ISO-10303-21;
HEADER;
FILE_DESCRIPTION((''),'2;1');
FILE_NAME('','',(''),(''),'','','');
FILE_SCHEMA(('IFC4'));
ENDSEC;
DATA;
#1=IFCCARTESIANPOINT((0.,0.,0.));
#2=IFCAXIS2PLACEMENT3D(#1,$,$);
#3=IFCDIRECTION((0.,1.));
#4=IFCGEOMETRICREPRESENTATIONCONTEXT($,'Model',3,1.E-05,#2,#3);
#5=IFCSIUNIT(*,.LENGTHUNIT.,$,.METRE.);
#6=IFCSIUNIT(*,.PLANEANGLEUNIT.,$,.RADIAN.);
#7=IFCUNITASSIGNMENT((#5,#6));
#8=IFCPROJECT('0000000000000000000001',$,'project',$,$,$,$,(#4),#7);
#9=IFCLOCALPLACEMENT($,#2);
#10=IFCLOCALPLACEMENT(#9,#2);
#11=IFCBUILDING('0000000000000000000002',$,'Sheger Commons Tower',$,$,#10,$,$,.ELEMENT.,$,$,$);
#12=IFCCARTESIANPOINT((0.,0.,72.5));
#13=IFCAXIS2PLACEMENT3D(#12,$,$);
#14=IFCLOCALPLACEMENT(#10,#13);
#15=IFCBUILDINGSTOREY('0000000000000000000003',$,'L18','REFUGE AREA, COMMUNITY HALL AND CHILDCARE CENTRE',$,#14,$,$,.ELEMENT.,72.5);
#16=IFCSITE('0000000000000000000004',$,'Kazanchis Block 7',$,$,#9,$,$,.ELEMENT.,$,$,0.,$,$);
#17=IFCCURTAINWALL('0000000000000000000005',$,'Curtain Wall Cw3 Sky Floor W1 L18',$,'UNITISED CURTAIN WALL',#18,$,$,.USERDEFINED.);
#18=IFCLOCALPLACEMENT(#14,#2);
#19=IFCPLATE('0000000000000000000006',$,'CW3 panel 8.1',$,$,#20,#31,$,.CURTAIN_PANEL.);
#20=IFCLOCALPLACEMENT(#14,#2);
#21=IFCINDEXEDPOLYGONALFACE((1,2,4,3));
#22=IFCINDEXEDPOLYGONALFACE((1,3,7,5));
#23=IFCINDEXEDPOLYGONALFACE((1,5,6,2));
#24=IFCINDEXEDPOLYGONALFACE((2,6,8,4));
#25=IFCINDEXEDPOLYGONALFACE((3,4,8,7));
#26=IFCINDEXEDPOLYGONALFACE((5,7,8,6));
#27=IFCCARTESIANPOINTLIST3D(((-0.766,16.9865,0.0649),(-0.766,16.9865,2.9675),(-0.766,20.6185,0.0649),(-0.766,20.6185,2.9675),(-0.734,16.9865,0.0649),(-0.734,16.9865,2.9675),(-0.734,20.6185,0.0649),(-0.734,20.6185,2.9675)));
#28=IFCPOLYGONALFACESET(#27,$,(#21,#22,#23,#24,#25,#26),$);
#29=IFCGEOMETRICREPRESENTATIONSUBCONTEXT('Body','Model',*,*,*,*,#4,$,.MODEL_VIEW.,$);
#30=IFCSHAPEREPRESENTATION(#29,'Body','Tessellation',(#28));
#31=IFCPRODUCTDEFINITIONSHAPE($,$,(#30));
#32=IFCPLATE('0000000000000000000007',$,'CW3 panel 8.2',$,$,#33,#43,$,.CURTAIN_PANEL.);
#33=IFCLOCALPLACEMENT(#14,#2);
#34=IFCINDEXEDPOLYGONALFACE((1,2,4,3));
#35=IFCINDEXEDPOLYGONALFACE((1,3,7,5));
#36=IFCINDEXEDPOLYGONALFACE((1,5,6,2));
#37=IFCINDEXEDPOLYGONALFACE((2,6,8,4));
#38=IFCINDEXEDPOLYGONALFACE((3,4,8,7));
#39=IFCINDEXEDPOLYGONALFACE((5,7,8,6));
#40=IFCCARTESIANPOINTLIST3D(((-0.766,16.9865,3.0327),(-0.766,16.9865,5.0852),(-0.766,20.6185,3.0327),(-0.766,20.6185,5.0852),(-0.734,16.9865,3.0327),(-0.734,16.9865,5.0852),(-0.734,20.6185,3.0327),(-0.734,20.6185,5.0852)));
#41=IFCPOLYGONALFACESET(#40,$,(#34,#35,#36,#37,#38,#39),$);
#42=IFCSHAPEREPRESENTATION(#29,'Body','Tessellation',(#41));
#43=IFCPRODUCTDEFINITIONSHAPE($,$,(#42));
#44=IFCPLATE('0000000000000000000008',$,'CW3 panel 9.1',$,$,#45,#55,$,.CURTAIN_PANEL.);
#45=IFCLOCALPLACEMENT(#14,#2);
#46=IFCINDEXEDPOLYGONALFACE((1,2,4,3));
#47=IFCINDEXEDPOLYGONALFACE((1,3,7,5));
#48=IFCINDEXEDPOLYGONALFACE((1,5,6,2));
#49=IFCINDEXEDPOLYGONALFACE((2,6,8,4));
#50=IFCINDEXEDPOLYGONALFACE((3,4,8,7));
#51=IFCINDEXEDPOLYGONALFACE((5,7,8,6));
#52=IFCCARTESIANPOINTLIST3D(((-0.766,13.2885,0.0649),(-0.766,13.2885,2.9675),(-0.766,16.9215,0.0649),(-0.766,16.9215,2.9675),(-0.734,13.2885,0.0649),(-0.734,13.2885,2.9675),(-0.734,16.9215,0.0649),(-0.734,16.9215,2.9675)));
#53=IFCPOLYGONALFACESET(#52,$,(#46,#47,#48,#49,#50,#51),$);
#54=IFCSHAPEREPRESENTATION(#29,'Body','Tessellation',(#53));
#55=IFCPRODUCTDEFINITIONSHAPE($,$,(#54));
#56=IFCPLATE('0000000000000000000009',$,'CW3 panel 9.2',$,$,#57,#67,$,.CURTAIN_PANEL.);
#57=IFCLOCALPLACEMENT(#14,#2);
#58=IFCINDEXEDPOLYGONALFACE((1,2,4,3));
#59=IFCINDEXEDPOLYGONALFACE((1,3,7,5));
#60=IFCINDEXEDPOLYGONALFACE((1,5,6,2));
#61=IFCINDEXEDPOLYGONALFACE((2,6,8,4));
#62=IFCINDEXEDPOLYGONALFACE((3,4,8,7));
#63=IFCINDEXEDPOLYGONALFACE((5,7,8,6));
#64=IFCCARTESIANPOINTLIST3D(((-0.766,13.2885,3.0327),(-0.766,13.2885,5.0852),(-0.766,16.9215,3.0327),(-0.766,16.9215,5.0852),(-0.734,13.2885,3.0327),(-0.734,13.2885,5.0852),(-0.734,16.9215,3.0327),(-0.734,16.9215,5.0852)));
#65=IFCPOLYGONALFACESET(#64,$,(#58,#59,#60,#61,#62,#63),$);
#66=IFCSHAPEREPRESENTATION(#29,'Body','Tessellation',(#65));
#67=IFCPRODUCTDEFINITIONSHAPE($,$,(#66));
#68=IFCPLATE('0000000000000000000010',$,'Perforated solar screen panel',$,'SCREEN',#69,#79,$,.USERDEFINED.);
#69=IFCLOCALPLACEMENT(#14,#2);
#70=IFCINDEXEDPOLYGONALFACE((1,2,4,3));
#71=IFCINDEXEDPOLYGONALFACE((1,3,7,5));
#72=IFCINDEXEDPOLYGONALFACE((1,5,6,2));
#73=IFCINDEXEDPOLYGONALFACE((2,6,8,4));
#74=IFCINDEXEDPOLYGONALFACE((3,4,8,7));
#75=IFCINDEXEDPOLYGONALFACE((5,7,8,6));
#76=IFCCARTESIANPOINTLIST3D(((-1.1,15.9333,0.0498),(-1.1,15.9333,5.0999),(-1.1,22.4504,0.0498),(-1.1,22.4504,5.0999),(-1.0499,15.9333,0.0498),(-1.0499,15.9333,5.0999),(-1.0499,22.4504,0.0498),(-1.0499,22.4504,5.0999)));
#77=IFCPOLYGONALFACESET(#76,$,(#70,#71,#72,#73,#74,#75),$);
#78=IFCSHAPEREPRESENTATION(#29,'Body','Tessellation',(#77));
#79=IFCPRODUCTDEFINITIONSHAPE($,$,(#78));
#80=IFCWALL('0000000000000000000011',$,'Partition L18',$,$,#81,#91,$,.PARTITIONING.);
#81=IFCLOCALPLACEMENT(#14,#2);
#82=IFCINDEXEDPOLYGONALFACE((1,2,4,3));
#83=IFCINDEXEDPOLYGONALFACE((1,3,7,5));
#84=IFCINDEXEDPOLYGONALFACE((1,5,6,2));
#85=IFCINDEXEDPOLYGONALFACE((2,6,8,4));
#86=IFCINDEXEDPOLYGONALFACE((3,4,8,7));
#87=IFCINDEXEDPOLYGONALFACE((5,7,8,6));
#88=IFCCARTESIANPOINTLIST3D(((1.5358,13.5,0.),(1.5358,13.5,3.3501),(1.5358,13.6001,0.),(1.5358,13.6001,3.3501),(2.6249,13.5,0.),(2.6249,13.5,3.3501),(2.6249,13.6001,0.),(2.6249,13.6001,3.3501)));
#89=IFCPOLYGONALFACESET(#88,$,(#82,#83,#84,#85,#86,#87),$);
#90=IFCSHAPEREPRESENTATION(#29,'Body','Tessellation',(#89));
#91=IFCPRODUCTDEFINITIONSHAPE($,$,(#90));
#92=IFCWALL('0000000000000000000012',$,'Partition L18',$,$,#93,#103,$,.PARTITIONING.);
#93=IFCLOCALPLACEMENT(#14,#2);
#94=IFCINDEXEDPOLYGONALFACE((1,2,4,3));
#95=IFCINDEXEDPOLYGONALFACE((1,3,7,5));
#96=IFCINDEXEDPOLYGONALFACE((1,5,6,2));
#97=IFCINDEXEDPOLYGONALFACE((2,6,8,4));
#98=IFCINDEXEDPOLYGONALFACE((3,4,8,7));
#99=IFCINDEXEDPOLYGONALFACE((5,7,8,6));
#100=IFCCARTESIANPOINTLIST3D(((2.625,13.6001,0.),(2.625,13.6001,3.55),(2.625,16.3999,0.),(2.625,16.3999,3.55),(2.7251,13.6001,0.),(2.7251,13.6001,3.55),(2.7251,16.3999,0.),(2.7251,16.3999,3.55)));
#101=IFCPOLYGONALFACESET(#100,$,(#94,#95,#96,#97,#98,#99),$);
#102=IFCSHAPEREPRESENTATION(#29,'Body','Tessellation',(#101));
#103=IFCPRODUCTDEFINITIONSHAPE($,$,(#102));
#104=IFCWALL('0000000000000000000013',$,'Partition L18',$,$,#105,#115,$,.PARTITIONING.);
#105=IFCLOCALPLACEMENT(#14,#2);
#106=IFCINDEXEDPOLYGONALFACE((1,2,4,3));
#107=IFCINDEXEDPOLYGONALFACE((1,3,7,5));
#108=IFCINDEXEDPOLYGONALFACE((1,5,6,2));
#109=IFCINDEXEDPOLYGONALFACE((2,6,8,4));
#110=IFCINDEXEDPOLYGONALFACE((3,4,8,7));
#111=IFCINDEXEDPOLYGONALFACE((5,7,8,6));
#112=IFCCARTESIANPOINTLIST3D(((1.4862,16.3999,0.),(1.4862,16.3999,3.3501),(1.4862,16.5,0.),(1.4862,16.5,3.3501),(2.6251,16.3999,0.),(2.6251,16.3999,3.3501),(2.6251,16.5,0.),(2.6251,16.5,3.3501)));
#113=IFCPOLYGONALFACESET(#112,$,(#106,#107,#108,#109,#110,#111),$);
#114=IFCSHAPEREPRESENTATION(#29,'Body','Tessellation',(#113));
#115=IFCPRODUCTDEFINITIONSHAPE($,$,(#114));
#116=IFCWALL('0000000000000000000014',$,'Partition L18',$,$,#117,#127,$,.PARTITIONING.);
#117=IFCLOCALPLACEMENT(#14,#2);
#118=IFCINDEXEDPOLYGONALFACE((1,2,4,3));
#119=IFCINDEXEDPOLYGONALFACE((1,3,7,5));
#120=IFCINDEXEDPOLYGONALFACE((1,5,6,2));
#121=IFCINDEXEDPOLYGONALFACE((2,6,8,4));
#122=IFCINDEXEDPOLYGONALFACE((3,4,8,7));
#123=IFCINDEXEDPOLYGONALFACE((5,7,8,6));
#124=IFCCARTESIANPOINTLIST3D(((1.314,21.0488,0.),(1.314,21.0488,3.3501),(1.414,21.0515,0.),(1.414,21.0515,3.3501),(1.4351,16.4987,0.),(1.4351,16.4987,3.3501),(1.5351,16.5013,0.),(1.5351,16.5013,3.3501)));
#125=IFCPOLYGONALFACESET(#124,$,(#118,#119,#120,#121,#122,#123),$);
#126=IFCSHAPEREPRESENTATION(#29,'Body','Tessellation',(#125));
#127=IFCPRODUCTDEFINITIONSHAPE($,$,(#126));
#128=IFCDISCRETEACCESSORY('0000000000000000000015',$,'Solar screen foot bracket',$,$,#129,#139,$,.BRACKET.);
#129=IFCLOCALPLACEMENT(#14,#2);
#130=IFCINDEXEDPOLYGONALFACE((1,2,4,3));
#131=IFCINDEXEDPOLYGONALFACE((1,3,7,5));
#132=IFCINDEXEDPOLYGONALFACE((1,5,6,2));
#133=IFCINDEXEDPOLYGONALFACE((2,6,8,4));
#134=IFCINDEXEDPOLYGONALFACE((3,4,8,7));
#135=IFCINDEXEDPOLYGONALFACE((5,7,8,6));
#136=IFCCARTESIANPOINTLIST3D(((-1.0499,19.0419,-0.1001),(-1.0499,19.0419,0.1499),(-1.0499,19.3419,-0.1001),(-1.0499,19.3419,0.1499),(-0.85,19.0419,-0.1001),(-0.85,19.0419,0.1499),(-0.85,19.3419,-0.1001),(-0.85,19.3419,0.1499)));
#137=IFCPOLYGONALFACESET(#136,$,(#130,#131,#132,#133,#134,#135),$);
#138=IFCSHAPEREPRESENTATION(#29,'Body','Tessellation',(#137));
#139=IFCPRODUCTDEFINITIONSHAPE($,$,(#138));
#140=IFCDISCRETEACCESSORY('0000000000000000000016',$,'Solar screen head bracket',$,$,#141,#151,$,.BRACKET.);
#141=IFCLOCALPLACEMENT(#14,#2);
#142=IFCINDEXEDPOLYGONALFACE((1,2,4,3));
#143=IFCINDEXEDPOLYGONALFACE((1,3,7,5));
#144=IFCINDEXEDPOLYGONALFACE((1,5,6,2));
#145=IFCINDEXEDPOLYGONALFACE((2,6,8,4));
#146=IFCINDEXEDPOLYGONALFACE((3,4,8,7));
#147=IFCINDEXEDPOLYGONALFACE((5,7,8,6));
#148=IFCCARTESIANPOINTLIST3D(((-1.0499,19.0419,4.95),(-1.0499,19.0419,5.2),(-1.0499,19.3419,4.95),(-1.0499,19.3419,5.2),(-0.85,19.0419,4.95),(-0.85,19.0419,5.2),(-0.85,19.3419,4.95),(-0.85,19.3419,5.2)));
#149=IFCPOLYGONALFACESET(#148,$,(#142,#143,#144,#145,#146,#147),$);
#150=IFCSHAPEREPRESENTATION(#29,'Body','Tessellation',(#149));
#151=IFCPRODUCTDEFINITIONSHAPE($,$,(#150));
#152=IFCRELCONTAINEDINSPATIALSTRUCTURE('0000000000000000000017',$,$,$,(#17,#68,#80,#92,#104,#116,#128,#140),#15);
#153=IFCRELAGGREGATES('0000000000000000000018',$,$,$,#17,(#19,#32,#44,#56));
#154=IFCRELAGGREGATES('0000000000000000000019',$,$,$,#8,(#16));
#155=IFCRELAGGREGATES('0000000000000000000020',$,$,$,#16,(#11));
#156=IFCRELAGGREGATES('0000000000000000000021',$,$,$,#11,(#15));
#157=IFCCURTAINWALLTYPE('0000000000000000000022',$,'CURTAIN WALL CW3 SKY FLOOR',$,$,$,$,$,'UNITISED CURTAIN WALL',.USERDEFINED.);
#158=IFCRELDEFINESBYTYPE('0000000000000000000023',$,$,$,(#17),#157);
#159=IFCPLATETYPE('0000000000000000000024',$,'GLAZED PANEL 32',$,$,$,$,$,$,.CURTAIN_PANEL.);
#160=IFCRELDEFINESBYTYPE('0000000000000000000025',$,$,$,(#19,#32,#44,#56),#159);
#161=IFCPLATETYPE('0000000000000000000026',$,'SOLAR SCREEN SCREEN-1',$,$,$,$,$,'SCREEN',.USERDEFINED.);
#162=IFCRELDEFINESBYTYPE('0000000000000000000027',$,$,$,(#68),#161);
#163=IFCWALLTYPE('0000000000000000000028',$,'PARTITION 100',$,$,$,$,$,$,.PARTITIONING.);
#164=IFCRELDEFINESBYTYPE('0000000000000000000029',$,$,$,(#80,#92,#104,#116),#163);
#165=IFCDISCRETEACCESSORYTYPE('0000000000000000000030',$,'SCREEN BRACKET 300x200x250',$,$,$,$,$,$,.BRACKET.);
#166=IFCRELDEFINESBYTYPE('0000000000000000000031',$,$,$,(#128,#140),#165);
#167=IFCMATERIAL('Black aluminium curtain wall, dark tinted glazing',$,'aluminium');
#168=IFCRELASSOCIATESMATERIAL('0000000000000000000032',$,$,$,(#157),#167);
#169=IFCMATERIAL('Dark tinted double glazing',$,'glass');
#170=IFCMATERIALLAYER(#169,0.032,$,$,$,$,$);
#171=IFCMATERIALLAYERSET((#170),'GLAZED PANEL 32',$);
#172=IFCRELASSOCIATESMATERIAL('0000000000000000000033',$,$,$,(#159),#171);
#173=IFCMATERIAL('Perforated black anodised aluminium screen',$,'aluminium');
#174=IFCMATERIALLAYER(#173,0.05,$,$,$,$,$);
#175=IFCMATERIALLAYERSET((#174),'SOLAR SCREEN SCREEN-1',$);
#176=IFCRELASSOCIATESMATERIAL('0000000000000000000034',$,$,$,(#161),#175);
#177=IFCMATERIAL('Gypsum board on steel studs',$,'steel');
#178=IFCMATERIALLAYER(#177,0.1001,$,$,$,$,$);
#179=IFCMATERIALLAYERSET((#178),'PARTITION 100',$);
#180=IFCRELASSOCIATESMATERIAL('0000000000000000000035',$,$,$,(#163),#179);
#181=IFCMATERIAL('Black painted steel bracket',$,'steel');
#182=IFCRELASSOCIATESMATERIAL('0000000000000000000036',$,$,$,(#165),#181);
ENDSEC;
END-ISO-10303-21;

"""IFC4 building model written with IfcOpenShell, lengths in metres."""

from ifc_helpers import new_model, si_unit, direction, frame, frame_2d, origin, origin_2d, place, context, subcontext, project, spatial, rectangle, extrude, material, layer, layer_set, type_object, element, aggregate, save


model = new_model("IFC4")

# Units and contexts
model_context = context("Model", 3, precision=1e-05, world=origin(), true_north=direction((0.0, 1.0)))
body_context = subcontext(model_context, "Body", "Model", "MODEL_VIEW")
ifc_project = project(units=[si_unit("LENGTHUNIT", "METRE"), si_unit("PLANEANGLEUNIT", "RADIAN")], contexts=[model_context])

# Site, building, storey
site_placement = place(None, origin())
site = spatial("IfcSite", under=ifc_project, at=site_placement, Name="Kazanchis Block 7", CompositionType="ELEMENT", RefElevation=0.0)
building_placement = place(site_placement, origin())
building = spatial("IfcBuilding", under=site, at=building_placement, Name="Sheger Commons Tower", CompositionType="ELEMENT")
storey_placement = place(building_placement, frame((0.0, 0.0, 72.5)))
storey = spatial("IfcBuildingStorey", under=building, at=storey_placement, Name="L18", Description="REFUGE AREA, COMMUNITY HALL AND CHILDCARE CENTRE", CompositionType="ELEMENT", Elevation=72.5)

# Curtain wall
ifc_material_1 = material(Name="Black aluminium curtain wall, dark tinted glazing", Category="aluminium")
curtain_wall_type = type_object("IfcCurtainWallType", Name="CURTAIN WALL CW3 SKY FLOOR", ElementType="UNITISED CURTAIN WALL", PredefinedType="USERDEFINED", material=ifc_material_1)
curtain_wall_placement = place(storey_placement, origin())
curtain_wall = element("IfcCurtainWall", 1, at=curtain_wall_placement, inside=storey, type_object=curtain_wall_type, Name="Curtain Wall Cw3 Sky Floor W1 L18", ObjectType="UNITISED CURTAIN WALL", PredefinedType="USERDEFINED")

# Plates
ifc_material_2 = material(Name="Dark tinted double glazing", Category="glass")
ifc_layer_1 = layer(ifc_material_2, 0.032)
ifc_layer_set_1 = layer_set([ifc_layer_1], Name="GLAZED PANEL 32")
plate_type_1 = type_object("IfcPlateType", Name="GLAZED PANEL 32", PredefinedType="CURTAIN_PANEL", material=ifc_layer_set_1)
plate_1_placement = place(storey_placement, frame((-0.75, 18.8025, 0.0649), z_axis=(0.0, 0.0, 1.0), x_axis=(0.0, -1.0, 0.0)))
plate_1 = element("IfcPlate", 2, at=plate_1_placement, type_object=plate_type_1, Name="CW3 panel 8.1", PredefinedType="CURTAIN_PANEL", context=body_context, shape_type="SweptSolid", body=[
    extrude(rectangle(XDim=3.6321, YDim=0.032, at=origin_2d()), origin(), (0.0, 0.0, 1.0), 2.9026),
])
plate_2_placement = place(storey_placement, frame((-0.75, 18.8025, 3.0327), z_axis=(0.0, 0.0, 1.0), x_axis=(0.0, -1.0, 0.0)))
plate_2 = element("IfcPlate", 3, at=plate_2_placement, type_object=plate_type_1, Name="CW3 panel 8.2", PredefinedType="CURTAIN_PANEL", context=body_context, shape_type="SweptSolid", body=[
    extrude(rectangle(XDim=3.6321, YDim=0.032, at=origin_2d()), origin(), (0.0, 0.0, 1.0), 2.0525),
])
plate_3_placement = place(storey_placement, frame((-0.75, 15.105, 0.0649), z_axis=(0.0, 0.0, 1.0), x_axis=(0.0, -1.0, 0.0)))
plate_3 = element("IfcPlate", 4, at=plate_3_placement, type_object=plate_type_1, Name="CW3 panel 9.1", PredefinedType="CURTAIN_PANEL", context=body_context, shape_type="SweptSolid", body=[
    extrude(rectangle(XDim=3.6331, YDim=0.032, at=origin_2d()), origin(), (0.0, 0.0, 1.0), 2.9026),
])
plate_4_placement = place(storey_placement, frame((-0.75, 15.105, 3.0327), z_axis=(0.0, 0.0, 1.0), x_axis=(0.0, -1.0, 0.0)))
plate_4 = element("IfcPlate", 5, at=plate_4_placement, type_object=plate_type_1, Name="CW3 panel 9.2", PredefinedType="CURTAIN_PANEL", context=body_context, shape_type="SweptSolid", body=[
    extrude(rectangle(XDim=3.6331, YDim=0.032, at=origin_2d()), origin(), (0.0, 0.0, 1.0), 2.0525),
])
aggregate(curtain_wall, [plate_1, plate_2, plate_3, plate_4])
ifc_material_3 = material(Name="Perforated black anodised aluminium screen", Category="aluminium")
ifc_layer_2 = layer(ifc_material_3, 0.05)
ifc_layer_set_2 = layer_set([ifc_layer_2], Name="SOLAR SCREEN SCREEN-1")
plate_type_2 = type_object("IfcPlateType", Name="SOLAR SCREEN SCREEN-1", ElementType="SCREEN", PredefinedType="USERDEFINED", material=ifc_layer_set_2)
plate_5_placement = place(storey_placement, frame((-1.075, 19.1919, 0.0498), z_axis=(0.0, 0.0, 1.0), x_axis=(0.0, -1.0, 0.0)))
element("IfcPlate", 6, at=plate_5_placement, inside=storey, type_object=plate_type_2, Name="Perforated solar screen panel", ObjectType="SCREEN", PredefinedType="USERDEFINED", context=body_context, shape_type="SweptSolid", body=[
    extrude(rectangle(XDim=6.5171, YDim=0.05, at=origin_2d()), origin(), (0.0, 0.0, 1.0), 5.05),
])

# Walls
ifc_material_4 = material(Name="Gypsum board on steel studs", Category="steel")
ifc_layer_3 = layer(ifc_material_4, 0.1001)
ifc_layer_set_3 = layer_set([ifc_layer_3], Name="PARTITION 100")
wall_type = type_object("IfcWallType", Name="PARTITION 100", PredefinedType="PARTITIONING", material=ifc_layer_set_3)
wall_1_placement = place(storey_placement, frame((1.5359, 13.55, 0.0), z_axis=(0.0, 0.0, 1.0), x_axis=(1.0, 0.0, 0.0)))
element("IfcWall", 7, at=wall_1_placement, inside=storey, type_object=wall_type, Name="Partition L18", PredefinedType="PARTITIONING", context=body_context, shape_type="SweptSolid", body=[
    extrude(rectangle(XDim=1.0891, YDim=0.1001, at=frame_2d((0.5444, 0.0))), origin(), (0.0, 0.0, 1.0), 3.3501),
])
wall_2_placement = place(storey_placement, frame((2.675, 13.6001, 0.0), z_axis=(0.0, 0.0, 1.0), x_axis=(0.0, 1.0, 0.0)))
element("IfcWall", 8, at=wall_2_placement, inside=storey, type_object=wall_type, Name="Partition L18", PredefinedType="PARTITIONING", context=body_context, shape_type="SweptSolid", body=[
    extrude(rectangle(XDim=2.7998, YDim=0.1001, at=frame_2d((1.3999, 0.0))), origin(), (0.0, 0.0, 1.0), 3.55),
])
wall_3_placement = place(storey_placement, frame((2.625, 16.45, 0.0), z_axis=(0.0, 0.0, 1.0), x_axis=(-1.0, 0.0, 0.0)))
element("IfcWall", 9, at=wall_3_placement, inside=storey, type_object=wall_type, Name="Partition L18", PredefinedType="PARTITIONING", context=body_context, shape_type="SweptSolid", body=[
    extrude(rectangle(XDim=1.1389, YDim=0.1001, at=frame_2d((0.5693, 0.0))), origin(), (0.0, 0.0, 1.0), 3.3501),
])
wall_4_placement = place(storey_placement, frame((1.4851, 16.5, 0.0), z_axis=(0.0, 0.0, 1.0), x_axis=(-0.026604, 0.999646, 0.0)))
element("IfcWall", 10, at=wall_4_placement, inside=storey, type_object=wall_type, Name="Partition L18", PredefinedType="PARTITIONING", context=body_context, shape_type="SweptSolid", body=[
    extrude(rectangle(XDim=4.5518, YDim=0.1001, at=frame_2d((2.2759, 0.0))), origin(), (0.0, 0.0, 1.0), 3.3501),
])

# Discrete accessories
ifc_material_5 = material(Name="Black painted steel bracket", Category="steel")
discrete_accessory_type = type_object("IfcDiscreteAccessoryType", Name="SCREEN BRACKET 300x200x250", PredefinedType="BRACKET", material=ifc_material_5)
for number, where, z_axis, x_axis, name in (
    (11, (-0.95, 19.1919, -0.1001), (0.0, 0.0, 1.0), (0.0, -1.0, 0.0), "Solar screen foot bracket"),
    (12, (-0.95, 19.1919, 4.95), (0.0, 0.0, 1.0), (0.0, -1.0, 0.0), "Solar screen head bracket"),
):
    element("IfcDiscreteAccessory", number, at=place(storey_placement, frame(where, z_axis=z_axis, x_axis=x_axis)), inside=storey, type_object=discrete_accessory_type, Name=name, PredefinedType="BRACKET", context=body_context, shape_type="SweptSolid", body=[
        extrude(rectangle(XDim=0.3, YDim=0.2, at=origin_2d()), origin(), (0.0, 0.0, 1.0), 0.25),
    ])

save(model, "model.ifc")
